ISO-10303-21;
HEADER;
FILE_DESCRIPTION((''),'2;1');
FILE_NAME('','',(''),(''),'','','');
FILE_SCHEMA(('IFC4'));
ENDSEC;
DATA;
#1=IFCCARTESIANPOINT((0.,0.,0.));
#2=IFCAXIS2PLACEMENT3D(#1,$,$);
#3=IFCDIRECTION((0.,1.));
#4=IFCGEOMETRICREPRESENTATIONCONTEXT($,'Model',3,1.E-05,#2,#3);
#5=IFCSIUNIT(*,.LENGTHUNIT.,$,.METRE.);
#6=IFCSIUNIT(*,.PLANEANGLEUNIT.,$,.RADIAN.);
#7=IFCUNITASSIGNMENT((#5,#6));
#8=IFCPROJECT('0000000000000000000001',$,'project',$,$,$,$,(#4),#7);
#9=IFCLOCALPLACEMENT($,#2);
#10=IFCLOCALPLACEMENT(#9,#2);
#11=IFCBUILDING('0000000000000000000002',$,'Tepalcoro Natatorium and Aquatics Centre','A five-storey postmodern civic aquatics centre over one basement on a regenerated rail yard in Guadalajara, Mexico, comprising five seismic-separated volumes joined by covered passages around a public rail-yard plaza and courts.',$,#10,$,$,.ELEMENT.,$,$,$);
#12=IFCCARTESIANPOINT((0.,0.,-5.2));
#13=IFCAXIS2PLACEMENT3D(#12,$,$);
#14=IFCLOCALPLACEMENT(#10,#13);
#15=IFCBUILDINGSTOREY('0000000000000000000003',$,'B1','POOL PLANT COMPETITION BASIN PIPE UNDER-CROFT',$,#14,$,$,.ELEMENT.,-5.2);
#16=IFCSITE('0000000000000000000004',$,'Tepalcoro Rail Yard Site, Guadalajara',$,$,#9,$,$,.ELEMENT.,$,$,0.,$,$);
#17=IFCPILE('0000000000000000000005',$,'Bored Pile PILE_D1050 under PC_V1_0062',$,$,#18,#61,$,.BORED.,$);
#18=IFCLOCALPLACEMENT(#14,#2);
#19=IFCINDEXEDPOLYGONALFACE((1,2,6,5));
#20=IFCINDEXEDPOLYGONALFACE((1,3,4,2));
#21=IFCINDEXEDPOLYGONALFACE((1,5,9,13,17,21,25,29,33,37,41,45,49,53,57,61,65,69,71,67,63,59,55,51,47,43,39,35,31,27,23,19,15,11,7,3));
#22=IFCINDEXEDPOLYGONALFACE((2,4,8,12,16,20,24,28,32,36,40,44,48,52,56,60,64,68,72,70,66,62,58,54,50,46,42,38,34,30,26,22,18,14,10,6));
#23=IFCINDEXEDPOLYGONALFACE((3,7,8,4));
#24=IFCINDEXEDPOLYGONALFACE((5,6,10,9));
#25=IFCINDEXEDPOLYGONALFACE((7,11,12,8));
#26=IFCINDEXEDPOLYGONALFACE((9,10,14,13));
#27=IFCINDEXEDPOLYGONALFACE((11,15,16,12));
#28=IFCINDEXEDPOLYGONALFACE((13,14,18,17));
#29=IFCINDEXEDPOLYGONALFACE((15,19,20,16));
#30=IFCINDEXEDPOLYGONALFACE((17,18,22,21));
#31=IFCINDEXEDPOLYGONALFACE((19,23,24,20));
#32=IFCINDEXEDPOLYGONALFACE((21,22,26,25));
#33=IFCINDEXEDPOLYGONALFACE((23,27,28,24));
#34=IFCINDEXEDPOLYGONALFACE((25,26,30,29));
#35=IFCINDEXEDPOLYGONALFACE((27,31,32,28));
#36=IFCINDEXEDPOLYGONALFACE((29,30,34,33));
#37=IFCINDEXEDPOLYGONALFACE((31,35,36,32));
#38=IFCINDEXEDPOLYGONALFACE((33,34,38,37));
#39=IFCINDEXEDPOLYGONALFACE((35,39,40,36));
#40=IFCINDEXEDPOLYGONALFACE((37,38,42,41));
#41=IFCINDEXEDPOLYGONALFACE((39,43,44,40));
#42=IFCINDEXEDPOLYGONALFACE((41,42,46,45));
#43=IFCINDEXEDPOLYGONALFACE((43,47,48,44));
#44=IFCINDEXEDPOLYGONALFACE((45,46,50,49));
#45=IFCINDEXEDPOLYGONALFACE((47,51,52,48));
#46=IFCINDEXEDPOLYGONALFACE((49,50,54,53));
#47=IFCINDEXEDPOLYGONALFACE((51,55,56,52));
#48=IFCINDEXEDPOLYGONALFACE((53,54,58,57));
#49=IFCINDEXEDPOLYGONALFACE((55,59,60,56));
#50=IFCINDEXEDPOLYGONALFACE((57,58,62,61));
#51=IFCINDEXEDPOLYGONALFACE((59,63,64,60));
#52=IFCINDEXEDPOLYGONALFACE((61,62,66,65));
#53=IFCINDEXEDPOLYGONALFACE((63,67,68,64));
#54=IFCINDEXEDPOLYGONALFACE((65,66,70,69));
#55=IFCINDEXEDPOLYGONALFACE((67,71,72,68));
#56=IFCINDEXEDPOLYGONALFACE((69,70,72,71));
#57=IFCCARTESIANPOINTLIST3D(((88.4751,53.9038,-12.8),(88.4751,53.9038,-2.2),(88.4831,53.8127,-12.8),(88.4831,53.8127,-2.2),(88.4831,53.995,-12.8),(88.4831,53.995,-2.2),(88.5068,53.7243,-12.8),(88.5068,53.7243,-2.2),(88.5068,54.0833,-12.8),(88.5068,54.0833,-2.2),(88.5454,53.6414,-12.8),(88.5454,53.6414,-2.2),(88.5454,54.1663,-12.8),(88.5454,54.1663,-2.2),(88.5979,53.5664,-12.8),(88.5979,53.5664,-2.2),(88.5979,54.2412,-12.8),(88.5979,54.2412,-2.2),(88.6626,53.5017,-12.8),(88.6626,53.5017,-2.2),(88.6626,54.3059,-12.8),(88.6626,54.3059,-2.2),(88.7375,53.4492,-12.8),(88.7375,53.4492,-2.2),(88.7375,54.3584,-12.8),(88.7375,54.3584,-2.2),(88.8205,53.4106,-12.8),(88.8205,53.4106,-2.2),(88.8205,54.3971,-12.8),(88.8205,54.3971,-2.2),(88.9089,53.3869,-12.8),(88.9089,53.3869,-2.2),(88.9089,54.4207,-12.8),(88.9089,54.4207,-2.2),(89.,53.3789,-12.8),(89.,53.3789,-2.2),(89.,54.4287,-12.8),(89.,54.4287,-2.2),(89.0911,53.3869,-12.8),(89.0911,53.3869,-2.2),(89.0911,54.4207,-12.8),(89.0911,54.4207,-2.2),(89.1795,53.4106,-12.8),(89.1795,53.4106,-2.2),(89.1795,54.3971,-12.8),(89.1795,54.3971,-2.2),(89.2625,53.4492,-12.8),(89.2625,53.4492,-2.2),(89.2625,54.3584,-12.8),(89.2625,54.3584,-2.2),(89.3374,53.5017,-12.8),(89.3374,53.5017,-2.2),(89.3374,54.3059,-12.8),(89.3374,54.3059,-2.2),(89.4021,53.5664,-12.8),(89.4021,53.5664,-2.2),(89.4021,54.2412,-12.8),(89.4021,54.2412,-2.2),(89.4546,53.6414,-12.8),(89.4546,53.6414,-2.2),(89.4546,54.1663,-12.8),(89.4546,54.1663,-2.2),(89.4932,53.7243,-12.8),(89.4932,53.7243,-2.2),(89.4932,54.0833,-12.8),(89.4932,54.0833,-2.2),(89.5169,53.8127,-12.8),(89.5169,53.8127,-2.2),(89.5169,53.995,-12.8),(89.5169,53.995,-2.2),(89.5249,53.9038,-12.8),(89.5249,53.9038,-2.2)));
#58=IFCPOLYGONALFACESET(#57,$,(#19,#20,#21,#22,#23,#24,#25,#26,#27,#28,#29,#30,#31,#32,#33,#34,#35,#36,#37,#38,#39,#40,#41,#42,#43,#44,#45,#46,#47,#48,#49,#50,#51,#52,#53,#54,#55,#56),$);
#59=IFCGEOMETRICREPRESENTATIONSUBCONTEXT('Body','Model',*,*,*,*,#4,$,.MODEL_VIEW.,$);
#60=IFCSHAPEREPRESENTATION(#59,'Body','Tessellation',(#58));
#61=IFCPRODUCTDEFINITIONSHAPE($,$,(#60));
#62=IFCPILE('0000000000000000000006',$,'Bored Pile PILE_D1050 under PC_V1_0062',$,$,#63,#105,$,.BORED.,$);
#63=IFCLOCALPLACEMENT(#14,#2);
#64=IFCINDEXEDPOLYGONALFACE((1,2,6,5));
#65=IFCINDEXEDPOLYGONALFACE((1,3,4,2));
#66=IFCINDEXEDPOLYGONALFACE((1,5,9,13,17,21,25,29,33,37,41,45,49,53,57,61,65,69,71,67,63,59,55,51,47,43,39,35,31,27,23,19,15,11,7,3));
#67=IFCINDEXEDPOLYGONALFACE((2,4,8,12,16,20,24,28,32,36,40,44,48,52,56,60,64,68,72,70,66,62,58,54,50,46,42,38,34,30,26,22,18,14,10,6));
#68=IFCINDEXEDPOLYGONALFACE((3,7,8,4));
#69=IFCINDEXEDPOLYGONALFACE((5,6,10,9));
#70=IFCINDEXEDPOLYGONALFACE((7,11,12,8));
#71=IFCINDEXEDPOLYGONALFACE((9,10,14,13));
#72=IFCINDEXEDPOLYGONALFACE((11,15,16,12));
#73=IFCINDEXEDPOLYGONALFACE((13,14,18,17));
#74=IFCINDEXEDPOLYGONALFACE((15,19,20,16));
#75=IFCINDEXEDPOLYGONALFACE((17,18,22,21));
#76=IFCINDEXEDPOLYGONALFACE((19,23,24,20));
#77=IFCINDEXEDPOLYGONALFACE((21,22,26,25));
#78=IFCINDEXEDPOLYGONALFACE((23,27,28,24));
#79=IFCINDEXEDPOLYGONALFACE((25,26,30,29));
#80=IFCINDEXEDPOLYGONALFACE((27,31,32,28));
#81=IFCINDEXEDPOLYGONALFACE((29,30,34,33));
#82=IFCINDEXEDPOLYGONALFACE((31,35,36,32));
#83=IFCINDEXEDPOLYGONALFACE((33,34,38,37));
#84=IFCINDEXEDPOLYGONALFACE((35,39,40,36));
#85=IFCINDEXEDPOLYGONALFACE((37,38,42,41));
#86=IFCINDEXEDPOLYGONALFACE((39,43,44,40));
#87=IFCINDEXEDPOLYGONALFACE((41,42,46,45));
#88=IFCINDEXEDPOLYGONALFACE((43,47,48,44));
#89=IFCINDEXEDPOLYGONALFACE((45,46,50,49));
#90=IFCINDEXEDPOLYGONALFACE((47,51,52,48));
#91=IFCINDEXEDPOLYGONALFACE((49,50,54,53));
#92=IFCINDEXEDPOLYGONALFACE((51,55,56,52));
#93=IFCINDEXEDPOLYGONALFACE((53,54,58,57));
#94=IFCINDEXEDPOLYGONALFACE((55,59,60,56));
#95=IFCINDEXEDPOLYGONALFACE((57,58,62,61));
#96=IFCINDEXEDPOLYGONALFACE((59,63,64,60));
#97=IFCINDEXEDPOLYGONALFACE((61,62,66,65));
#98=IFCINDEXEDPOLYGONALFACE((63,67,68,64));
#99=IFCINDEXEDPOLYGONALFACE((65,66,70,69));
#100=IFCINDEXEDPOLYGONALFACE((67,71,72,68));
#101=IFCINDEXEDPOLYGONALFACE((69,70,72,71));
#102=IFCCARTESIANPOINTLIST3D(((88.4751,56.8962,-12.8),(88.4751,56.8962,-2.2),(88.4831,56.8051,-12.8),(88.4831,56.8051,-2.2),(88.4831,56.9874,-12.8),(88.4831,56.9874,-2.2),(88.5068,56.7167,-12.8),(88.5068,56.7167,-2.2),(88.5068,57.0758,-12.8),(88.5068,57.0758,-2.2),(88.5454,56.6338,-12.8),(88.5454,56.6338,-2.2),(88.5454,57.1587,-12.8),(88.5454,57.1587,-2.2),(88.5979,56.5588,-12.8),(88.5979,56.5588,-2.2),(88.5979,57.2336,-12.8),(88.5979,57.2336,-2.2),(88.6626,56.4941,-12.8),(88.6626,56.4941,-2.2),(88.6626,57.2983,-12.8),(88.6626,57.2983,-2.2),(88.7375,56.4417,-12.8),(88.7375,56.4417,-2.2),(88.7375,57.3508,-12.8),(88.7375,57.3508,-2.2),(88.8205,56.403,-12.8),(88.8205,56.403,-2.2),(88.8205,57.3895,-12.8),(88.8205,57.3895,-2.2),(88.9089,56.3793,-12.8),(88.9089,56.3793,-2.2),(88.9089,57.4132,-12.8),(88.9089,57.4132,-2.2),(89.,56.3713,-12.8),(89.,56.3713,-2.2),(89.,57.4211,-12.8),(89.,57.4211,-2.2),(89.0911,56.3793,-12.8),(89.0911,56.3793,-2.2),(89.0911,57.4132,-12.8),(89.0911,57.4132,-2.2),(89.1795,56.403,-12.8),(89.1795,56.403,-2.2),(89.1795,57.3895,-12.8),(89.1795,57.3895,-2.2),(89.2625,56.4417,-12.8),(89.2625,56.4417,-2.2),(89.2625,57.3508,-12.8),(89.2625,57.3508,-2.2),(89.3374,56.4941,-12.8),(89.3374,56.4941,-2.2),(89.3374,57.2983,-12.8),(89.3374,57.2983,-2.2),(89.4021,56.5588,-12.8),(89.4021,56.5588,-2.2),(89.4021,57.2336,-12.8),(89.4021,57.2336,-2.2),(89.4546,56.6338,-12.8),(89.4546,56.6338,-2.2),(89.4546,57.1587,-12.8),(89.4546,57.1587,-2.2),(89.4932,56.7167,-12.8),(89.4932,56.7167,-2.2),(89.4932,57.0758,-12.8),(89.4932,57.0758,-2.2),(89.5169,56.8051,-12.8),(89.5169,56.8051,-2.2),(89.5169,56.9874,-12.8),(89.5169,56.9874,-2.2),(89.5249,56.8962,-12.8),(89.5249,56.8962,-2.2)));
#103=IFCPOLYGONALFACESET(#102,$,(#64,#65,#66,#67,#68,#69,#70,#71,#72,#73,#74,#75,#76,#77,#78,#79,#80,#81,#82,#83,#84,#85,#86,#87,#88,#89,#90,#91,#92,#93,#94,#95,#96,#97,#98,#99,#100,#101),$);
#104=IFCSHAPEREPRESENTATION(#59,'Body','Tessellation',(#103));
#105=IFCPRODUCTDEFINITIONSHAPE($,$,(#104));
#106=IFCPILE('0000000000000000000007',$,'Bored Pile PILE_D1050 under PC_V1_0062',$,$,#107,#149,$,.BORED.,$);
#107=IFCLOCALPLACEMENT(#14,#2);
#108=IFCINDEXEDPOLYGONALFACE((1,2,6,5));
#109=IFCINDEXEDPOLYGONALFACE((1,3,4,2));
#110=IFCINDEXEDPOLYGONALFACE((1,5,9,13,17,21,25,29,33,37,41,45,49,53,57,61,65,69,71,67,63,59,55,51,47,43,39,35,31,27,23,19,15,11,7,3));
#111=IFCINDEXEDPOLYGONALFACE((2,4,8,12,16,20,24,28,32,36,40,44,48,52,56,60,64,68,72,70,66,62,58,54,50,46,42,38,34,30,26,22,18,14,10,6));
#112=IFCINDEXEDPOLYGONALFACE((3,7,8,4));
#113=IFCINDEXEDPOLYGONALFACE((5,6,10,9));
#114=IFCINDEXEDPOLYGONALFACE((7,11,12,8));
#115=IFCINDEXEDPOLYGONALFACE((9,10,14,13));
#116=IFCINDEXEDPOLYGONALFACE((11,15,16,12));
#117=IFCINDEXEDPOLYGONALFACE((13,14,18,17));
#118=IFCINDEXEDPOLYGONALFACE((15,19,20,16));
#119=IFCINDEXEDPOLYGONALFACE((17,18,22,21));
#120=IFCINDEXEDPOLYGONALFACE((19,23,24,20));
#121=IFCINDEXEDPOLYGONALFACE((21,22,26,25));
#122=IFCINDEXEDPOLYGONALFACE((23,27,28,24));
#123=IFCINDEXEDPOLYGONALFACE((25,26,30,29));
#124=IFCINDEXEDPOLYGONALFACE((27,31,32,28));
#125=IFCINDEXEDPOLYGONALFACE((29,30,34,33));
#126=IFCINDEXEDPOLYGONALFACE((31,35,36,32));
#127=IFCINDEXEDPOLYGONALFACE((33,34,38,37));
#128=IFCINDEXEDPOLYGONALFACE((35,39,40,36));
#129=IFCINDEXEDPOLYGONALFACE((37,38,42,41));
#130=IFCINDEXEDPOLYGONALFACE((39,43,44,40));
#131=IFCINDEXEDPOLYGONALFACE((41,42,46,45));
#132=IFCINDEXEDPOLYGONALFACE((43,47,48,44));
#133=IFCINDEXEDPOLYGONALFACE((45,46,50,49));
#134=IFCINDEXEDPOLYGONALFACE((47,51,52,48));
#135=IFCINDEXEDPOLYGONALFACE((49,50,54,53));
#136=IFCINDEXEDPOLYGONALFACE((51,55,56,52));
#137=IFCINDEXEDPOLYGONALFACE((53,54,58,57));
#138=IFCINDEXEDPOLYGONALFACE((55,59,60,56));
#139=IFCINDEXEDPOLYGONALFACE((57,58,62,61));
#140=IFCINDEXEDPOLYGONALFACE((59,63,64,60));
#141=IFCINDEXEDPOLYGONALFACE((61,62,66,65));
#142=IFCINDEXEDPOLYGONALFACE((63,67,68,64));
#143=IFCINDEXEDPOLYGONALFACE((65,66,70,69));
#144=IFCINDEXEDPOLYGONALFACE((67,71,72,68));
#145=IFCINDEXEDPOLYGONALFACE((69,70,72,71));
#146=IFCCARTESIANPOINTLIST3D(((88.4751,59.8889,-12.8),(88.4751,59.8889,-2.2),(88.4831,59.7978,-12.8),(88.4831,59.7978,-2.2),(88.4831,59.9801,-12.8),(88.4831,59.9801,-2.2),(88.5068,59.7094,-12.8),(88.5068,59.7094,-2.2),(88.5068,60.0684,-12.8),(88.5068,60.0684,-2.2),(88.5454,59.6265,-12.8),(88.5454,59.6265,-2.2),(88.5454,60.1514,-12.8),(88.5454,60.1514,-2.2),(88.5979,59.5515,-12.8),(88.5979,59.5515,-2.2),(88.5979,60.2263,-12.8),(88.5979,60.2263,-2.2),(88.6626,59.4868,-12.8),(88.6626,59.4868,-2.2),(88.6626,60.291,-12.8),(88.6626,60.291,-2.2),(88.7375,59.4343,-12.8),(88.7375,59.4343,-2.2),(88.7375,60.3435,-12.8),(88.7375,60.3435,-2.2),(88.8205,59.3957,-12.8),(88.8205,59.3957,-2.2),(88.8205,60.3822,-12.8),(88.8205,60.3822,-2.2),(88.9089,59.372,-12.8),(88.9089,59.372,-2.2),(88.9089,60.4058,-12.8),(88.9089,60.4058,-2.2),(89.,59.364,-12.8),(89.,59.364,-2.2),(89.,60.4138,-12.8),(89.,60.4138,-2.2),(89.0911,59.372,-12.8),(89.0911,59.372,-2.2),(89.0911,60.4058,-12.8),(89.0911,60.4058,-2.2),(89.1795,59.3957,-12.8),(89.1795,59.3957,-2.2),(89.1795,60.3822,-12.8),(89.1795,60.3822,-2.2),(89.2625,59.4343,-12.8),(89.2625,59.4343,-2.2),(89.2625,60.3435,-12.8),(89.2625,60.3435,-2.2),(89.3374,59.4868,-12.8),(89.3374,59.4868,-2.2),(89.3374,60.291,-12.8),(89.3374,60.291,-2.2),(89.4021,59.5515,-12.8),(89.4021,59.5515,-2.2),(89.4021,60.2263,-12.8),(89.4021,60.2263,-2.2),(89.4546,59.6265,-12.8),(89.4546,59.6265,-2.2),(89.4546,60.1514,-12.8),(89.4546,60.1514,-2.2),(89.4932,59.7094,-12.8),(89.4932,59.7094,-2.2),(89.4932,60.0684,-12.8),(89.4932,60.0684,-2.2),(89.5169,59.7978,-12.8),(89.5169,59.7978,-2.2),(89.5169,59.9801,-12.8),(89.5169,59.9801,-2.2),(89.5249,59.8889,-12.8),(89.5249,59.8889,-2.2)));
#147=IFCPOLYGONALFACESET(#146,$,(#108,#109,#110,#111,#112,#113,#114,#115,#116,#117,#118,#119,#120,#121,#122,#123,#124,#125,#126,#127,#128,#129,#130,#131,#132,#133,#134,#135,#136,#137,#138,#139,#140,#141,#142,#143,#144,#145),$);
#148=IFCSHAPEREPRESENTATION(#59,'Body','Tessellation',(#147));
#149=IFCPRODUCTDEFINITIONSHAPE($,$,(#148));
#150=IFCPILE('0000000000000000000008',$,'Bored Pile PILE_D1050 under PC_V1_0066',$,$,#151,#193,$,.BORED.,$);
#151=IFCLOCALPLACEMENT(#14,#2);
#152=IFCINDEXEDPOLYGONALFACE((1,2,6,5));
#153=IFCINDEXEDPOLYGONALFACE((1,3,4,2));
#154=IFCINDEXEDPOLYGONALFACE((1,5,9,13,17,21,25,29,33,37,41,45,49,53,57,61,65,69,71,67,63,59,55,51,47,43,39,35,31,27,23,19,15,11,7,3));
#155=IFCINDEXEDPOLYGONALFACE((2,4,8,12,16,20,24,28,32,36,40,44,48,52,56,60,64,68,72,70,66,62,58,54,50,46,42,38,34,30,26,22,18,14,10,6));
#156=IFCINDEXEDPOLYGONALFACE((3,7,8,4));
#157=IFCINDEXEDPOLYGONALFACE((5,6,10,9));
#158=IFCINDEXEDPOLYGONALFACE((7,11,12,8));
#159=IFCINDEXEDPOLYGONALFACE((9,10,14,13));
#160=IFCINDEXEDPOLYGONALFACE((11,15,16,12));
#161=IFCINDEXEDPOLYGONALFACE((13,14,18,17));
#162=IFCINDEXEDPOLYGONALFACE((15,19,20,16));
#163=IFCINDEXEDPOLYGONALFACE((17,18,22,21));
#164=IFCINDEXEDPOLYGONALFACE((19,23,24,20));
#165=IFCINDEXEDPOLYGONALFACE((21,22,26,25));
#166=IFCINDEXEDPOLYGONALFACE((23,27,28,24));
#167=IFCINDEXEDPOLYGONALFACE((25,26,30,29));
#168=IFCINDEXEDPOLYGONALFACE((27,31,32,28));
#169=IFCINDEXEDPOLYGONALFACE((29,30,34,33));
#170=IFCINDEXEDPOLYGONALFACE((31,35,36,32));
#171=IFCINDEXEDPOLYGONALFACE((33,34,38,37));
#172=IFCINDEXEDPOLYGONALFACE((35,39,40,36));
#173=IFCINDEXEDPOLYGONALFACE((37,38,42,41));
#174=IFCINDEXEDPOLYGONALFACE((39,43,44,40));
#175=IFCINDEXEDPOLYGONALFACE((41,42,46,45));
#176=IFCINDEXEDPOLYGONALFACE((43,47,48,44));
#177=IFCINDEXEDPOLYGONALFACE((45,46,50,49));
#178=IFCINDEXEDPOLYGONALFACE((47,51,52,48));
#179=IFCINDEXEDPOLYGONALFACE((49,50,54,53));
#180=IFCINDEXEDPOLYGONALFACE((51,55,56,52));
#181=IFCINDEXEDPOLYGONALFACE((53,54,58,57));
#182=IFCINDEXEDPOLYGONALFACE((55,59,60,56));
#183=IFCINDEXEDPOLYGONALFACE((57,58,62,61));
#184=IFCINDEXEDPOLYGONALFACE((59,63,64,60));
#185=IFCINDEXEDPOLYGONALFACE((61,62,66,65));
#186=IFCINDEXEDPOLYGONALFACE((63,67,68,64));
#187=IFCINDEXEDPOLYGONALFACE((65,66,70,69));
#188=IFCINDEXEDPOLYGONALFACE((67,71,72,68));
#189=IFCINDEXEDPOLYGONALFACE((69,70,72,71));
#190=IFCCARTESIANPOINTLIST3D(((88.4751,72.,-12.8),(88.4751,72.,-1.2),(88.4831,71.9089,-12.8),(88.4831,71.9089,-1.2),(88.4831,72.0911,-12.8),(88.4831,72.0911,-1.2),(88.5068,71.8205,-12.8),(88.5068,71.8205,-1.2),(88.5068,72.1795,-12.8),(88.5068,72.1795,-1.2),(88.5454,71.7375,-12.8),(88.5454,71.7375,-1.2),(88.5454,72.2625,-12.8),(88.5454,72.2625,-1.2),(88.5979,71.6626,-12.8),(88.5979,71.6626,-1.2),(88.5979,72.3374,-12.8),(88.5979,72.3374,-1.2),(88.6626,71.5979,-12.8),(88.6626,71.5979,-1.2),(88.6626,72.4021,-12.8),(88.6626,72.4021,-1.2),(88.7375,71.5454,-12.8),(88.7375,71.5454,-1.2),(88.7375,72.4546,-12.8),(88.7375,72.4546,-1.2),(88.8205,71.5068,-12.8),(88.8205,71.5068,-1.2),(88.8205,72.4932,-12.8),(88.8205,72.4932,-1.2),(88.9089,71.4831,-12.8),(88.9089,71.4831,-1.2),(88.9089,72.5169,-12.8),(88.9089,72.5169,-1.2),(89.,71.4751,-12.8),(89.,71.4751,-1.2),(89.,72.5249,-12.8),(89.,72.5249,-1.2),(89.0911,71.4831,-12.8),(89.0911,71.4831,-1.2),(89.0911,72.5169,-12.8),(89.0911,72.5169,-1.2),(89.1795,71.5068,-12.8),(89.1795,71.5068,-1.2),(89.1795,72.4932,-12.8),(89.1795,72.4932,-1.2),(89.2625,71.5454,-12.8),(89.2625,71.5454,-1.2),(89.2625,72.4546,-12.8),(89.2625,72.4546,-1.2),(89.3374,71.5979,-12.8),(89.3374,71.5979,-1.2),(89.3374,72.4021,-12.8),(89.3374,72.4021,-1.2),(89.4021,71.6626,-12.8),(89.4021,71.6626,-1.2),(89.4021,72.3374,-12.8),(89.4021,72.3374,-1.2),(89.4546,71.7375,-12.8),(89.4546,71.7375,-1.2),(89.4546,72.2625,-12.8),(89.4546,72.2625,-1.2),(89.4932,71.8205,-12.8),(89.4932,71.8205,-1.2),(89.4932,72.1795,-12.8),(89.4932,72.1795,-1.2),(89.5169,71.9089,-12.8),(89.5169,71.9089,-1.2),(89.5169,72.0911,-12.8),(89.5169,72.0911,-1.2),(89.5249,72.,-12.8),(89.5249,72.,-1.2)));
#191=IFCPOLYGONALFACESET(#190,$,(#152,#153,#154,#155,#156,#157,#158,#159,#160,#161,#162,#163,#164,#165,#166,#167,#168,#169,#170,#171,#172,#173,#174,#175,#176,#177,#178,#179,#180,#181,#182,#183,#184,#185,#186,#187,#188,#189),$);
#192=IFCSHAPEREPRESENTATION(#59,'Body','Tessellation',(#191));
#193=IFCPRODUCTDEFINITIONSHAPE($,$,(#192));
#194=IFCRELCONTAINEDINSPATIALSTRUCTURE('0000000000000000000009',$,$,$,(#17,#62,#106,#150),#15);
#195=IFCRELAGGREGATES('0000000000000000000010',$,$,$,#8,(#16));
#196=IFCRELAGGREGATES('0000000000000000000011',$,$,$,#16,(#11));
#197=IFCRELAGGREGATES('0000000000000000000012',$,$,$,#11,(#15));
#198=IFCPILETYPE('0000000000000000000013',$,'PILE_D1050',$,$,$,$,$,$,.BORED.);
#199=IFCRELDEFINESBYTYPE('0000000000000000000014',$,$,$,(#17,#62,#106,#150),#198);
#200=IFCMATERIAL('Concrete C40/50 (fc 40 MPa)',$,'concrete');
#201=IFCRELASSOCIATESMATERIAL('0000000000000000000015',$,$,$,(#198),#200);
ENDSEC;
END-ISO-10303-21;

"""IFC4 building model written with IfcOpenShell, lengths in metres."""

from ifc_helpers import new_model, si_unit, direction, frame, origin, origin_2d, place, context, subcontext, project, spatial, circle, extrude, material, material_profile, profile_set, type_object, element, save


model = new_model("IFC4")

# Units and contexts
model_context = context("Model", 3, precision=1e-05, world=origin(), true_north=direction((0.0, 1.0)))
body_context = subcontext(model_context, "Body", "Model", "MODEL_VIEW")
ifc_project = project(units=[si_unit("LENGTHUNIT", "METRE"), si_unit("PLANEANGLEUNIT", "RADIAN")], contexts=[model_context])

# Site, building, storey
site_placement = place(None, origin())
site = spatial("IfcSite", under=ifc_project, at=site_placement, Name="Tepalcoro Rail Yard Site, Guadalajara", CompositionType="ELEMENT", RefElevation=0.0)
building_placement = place(site_placement, origin())
building = spatial("IfcBuilding", under=site, at=building_placement, Name="Tepalcoro Natatorium and Aquatics Centre", Description="A five-storey postmodern civic aquatics centre over one basement on a regenerated rail yard in Guadalajara, Mexico, comprising five seismic-separated volumes joined by covered passages around a public rail-yard plaza and courts.", CompositionType="ELEMENT")
storey_placement = place(building_placement, frame((0.0, 0.0, -5.2)))
storey = spatial("IfcBuildingStorey", under=building, at=storey_placement, Name="B1", Description="POOL PLANT COMPETITION BASIN PIPE UNDER-CROFT", CompositionType="ELEMENT", Elevation=-5.2)

# Piles
ifc_material_1 = material(Name="Concrete C40/50 (fc 40 MPa)", Category="concrete")
ifc_material_profile_1 = material_profile(ifc_material_1, circle(Radius=0.5249, at=origin_2d()), Name="PILE_D1050")
ifc_profile_set_1 = profile_set([ifc_material_profile_1], Name="Concrete C40/50 (fc 40 MPa)")
pile_type_1 = type_object("IfcPileType", Name="PILE_D1050", PredefinedType="BORED", material=ifc_profile_set_1)
for number, where, z_axis, x_axis, name in (
    (1, (89.0, 53.9038, -2.2), (0.0, 0.0, -1.0), (1.0, 0.0, 0.0), "Bored Pile PILE_D1050 under PC_V1_0062"),
    (2, (89.0, 56.8962, -2.2), (0.0, 0.0, -1.0), (1.0, 0.0, 0.0), "Bored Pile PILE_D1050 under PC_V1_0062"),
    (3, (89.0, 59.8889, -2.2), (0.0, 0.0, -1.0), (1.0, 0.0, 0.0), "Bored Pile PILE_D1050 under PC_V1_0062"),
):
    element("IfcPile", number, at=place(storey_placement, frame(where, z_axis=z_axis, x_axis=x_axis)), inside=storey, type_object=pile_type_1, Name=name, PredefinedType="BORED", context=body_context, shape_type="SweptSolid", body=[
        extrude(circle(Radius=0.5249, at=origin_2d()), origin(), (0.0, 0.0, 1.0), 10.6001),
    ])
pile_1_placement = place(storey_placement, frame((89.0, 72.0, -1.2), z_axis=(0.0, 0.0, -1.0), x_axis=(1.0, 0.0, 0.0)))
element("IfcPile", 4, at=pile_1_placement, inside=storey, type_object=pile_type_1, Name="Bored Pile PILE_D1050 under PC_V1_0066", PredefinedType="BORED", context=body_context, shape_type="SweptSolid", body=[
    extrude(circle(Radius=0.5249, at=origin_2d()), origin(), (0.0, 0.0, 1.0), 11.6001),
])

save(model, "model.ifc")
